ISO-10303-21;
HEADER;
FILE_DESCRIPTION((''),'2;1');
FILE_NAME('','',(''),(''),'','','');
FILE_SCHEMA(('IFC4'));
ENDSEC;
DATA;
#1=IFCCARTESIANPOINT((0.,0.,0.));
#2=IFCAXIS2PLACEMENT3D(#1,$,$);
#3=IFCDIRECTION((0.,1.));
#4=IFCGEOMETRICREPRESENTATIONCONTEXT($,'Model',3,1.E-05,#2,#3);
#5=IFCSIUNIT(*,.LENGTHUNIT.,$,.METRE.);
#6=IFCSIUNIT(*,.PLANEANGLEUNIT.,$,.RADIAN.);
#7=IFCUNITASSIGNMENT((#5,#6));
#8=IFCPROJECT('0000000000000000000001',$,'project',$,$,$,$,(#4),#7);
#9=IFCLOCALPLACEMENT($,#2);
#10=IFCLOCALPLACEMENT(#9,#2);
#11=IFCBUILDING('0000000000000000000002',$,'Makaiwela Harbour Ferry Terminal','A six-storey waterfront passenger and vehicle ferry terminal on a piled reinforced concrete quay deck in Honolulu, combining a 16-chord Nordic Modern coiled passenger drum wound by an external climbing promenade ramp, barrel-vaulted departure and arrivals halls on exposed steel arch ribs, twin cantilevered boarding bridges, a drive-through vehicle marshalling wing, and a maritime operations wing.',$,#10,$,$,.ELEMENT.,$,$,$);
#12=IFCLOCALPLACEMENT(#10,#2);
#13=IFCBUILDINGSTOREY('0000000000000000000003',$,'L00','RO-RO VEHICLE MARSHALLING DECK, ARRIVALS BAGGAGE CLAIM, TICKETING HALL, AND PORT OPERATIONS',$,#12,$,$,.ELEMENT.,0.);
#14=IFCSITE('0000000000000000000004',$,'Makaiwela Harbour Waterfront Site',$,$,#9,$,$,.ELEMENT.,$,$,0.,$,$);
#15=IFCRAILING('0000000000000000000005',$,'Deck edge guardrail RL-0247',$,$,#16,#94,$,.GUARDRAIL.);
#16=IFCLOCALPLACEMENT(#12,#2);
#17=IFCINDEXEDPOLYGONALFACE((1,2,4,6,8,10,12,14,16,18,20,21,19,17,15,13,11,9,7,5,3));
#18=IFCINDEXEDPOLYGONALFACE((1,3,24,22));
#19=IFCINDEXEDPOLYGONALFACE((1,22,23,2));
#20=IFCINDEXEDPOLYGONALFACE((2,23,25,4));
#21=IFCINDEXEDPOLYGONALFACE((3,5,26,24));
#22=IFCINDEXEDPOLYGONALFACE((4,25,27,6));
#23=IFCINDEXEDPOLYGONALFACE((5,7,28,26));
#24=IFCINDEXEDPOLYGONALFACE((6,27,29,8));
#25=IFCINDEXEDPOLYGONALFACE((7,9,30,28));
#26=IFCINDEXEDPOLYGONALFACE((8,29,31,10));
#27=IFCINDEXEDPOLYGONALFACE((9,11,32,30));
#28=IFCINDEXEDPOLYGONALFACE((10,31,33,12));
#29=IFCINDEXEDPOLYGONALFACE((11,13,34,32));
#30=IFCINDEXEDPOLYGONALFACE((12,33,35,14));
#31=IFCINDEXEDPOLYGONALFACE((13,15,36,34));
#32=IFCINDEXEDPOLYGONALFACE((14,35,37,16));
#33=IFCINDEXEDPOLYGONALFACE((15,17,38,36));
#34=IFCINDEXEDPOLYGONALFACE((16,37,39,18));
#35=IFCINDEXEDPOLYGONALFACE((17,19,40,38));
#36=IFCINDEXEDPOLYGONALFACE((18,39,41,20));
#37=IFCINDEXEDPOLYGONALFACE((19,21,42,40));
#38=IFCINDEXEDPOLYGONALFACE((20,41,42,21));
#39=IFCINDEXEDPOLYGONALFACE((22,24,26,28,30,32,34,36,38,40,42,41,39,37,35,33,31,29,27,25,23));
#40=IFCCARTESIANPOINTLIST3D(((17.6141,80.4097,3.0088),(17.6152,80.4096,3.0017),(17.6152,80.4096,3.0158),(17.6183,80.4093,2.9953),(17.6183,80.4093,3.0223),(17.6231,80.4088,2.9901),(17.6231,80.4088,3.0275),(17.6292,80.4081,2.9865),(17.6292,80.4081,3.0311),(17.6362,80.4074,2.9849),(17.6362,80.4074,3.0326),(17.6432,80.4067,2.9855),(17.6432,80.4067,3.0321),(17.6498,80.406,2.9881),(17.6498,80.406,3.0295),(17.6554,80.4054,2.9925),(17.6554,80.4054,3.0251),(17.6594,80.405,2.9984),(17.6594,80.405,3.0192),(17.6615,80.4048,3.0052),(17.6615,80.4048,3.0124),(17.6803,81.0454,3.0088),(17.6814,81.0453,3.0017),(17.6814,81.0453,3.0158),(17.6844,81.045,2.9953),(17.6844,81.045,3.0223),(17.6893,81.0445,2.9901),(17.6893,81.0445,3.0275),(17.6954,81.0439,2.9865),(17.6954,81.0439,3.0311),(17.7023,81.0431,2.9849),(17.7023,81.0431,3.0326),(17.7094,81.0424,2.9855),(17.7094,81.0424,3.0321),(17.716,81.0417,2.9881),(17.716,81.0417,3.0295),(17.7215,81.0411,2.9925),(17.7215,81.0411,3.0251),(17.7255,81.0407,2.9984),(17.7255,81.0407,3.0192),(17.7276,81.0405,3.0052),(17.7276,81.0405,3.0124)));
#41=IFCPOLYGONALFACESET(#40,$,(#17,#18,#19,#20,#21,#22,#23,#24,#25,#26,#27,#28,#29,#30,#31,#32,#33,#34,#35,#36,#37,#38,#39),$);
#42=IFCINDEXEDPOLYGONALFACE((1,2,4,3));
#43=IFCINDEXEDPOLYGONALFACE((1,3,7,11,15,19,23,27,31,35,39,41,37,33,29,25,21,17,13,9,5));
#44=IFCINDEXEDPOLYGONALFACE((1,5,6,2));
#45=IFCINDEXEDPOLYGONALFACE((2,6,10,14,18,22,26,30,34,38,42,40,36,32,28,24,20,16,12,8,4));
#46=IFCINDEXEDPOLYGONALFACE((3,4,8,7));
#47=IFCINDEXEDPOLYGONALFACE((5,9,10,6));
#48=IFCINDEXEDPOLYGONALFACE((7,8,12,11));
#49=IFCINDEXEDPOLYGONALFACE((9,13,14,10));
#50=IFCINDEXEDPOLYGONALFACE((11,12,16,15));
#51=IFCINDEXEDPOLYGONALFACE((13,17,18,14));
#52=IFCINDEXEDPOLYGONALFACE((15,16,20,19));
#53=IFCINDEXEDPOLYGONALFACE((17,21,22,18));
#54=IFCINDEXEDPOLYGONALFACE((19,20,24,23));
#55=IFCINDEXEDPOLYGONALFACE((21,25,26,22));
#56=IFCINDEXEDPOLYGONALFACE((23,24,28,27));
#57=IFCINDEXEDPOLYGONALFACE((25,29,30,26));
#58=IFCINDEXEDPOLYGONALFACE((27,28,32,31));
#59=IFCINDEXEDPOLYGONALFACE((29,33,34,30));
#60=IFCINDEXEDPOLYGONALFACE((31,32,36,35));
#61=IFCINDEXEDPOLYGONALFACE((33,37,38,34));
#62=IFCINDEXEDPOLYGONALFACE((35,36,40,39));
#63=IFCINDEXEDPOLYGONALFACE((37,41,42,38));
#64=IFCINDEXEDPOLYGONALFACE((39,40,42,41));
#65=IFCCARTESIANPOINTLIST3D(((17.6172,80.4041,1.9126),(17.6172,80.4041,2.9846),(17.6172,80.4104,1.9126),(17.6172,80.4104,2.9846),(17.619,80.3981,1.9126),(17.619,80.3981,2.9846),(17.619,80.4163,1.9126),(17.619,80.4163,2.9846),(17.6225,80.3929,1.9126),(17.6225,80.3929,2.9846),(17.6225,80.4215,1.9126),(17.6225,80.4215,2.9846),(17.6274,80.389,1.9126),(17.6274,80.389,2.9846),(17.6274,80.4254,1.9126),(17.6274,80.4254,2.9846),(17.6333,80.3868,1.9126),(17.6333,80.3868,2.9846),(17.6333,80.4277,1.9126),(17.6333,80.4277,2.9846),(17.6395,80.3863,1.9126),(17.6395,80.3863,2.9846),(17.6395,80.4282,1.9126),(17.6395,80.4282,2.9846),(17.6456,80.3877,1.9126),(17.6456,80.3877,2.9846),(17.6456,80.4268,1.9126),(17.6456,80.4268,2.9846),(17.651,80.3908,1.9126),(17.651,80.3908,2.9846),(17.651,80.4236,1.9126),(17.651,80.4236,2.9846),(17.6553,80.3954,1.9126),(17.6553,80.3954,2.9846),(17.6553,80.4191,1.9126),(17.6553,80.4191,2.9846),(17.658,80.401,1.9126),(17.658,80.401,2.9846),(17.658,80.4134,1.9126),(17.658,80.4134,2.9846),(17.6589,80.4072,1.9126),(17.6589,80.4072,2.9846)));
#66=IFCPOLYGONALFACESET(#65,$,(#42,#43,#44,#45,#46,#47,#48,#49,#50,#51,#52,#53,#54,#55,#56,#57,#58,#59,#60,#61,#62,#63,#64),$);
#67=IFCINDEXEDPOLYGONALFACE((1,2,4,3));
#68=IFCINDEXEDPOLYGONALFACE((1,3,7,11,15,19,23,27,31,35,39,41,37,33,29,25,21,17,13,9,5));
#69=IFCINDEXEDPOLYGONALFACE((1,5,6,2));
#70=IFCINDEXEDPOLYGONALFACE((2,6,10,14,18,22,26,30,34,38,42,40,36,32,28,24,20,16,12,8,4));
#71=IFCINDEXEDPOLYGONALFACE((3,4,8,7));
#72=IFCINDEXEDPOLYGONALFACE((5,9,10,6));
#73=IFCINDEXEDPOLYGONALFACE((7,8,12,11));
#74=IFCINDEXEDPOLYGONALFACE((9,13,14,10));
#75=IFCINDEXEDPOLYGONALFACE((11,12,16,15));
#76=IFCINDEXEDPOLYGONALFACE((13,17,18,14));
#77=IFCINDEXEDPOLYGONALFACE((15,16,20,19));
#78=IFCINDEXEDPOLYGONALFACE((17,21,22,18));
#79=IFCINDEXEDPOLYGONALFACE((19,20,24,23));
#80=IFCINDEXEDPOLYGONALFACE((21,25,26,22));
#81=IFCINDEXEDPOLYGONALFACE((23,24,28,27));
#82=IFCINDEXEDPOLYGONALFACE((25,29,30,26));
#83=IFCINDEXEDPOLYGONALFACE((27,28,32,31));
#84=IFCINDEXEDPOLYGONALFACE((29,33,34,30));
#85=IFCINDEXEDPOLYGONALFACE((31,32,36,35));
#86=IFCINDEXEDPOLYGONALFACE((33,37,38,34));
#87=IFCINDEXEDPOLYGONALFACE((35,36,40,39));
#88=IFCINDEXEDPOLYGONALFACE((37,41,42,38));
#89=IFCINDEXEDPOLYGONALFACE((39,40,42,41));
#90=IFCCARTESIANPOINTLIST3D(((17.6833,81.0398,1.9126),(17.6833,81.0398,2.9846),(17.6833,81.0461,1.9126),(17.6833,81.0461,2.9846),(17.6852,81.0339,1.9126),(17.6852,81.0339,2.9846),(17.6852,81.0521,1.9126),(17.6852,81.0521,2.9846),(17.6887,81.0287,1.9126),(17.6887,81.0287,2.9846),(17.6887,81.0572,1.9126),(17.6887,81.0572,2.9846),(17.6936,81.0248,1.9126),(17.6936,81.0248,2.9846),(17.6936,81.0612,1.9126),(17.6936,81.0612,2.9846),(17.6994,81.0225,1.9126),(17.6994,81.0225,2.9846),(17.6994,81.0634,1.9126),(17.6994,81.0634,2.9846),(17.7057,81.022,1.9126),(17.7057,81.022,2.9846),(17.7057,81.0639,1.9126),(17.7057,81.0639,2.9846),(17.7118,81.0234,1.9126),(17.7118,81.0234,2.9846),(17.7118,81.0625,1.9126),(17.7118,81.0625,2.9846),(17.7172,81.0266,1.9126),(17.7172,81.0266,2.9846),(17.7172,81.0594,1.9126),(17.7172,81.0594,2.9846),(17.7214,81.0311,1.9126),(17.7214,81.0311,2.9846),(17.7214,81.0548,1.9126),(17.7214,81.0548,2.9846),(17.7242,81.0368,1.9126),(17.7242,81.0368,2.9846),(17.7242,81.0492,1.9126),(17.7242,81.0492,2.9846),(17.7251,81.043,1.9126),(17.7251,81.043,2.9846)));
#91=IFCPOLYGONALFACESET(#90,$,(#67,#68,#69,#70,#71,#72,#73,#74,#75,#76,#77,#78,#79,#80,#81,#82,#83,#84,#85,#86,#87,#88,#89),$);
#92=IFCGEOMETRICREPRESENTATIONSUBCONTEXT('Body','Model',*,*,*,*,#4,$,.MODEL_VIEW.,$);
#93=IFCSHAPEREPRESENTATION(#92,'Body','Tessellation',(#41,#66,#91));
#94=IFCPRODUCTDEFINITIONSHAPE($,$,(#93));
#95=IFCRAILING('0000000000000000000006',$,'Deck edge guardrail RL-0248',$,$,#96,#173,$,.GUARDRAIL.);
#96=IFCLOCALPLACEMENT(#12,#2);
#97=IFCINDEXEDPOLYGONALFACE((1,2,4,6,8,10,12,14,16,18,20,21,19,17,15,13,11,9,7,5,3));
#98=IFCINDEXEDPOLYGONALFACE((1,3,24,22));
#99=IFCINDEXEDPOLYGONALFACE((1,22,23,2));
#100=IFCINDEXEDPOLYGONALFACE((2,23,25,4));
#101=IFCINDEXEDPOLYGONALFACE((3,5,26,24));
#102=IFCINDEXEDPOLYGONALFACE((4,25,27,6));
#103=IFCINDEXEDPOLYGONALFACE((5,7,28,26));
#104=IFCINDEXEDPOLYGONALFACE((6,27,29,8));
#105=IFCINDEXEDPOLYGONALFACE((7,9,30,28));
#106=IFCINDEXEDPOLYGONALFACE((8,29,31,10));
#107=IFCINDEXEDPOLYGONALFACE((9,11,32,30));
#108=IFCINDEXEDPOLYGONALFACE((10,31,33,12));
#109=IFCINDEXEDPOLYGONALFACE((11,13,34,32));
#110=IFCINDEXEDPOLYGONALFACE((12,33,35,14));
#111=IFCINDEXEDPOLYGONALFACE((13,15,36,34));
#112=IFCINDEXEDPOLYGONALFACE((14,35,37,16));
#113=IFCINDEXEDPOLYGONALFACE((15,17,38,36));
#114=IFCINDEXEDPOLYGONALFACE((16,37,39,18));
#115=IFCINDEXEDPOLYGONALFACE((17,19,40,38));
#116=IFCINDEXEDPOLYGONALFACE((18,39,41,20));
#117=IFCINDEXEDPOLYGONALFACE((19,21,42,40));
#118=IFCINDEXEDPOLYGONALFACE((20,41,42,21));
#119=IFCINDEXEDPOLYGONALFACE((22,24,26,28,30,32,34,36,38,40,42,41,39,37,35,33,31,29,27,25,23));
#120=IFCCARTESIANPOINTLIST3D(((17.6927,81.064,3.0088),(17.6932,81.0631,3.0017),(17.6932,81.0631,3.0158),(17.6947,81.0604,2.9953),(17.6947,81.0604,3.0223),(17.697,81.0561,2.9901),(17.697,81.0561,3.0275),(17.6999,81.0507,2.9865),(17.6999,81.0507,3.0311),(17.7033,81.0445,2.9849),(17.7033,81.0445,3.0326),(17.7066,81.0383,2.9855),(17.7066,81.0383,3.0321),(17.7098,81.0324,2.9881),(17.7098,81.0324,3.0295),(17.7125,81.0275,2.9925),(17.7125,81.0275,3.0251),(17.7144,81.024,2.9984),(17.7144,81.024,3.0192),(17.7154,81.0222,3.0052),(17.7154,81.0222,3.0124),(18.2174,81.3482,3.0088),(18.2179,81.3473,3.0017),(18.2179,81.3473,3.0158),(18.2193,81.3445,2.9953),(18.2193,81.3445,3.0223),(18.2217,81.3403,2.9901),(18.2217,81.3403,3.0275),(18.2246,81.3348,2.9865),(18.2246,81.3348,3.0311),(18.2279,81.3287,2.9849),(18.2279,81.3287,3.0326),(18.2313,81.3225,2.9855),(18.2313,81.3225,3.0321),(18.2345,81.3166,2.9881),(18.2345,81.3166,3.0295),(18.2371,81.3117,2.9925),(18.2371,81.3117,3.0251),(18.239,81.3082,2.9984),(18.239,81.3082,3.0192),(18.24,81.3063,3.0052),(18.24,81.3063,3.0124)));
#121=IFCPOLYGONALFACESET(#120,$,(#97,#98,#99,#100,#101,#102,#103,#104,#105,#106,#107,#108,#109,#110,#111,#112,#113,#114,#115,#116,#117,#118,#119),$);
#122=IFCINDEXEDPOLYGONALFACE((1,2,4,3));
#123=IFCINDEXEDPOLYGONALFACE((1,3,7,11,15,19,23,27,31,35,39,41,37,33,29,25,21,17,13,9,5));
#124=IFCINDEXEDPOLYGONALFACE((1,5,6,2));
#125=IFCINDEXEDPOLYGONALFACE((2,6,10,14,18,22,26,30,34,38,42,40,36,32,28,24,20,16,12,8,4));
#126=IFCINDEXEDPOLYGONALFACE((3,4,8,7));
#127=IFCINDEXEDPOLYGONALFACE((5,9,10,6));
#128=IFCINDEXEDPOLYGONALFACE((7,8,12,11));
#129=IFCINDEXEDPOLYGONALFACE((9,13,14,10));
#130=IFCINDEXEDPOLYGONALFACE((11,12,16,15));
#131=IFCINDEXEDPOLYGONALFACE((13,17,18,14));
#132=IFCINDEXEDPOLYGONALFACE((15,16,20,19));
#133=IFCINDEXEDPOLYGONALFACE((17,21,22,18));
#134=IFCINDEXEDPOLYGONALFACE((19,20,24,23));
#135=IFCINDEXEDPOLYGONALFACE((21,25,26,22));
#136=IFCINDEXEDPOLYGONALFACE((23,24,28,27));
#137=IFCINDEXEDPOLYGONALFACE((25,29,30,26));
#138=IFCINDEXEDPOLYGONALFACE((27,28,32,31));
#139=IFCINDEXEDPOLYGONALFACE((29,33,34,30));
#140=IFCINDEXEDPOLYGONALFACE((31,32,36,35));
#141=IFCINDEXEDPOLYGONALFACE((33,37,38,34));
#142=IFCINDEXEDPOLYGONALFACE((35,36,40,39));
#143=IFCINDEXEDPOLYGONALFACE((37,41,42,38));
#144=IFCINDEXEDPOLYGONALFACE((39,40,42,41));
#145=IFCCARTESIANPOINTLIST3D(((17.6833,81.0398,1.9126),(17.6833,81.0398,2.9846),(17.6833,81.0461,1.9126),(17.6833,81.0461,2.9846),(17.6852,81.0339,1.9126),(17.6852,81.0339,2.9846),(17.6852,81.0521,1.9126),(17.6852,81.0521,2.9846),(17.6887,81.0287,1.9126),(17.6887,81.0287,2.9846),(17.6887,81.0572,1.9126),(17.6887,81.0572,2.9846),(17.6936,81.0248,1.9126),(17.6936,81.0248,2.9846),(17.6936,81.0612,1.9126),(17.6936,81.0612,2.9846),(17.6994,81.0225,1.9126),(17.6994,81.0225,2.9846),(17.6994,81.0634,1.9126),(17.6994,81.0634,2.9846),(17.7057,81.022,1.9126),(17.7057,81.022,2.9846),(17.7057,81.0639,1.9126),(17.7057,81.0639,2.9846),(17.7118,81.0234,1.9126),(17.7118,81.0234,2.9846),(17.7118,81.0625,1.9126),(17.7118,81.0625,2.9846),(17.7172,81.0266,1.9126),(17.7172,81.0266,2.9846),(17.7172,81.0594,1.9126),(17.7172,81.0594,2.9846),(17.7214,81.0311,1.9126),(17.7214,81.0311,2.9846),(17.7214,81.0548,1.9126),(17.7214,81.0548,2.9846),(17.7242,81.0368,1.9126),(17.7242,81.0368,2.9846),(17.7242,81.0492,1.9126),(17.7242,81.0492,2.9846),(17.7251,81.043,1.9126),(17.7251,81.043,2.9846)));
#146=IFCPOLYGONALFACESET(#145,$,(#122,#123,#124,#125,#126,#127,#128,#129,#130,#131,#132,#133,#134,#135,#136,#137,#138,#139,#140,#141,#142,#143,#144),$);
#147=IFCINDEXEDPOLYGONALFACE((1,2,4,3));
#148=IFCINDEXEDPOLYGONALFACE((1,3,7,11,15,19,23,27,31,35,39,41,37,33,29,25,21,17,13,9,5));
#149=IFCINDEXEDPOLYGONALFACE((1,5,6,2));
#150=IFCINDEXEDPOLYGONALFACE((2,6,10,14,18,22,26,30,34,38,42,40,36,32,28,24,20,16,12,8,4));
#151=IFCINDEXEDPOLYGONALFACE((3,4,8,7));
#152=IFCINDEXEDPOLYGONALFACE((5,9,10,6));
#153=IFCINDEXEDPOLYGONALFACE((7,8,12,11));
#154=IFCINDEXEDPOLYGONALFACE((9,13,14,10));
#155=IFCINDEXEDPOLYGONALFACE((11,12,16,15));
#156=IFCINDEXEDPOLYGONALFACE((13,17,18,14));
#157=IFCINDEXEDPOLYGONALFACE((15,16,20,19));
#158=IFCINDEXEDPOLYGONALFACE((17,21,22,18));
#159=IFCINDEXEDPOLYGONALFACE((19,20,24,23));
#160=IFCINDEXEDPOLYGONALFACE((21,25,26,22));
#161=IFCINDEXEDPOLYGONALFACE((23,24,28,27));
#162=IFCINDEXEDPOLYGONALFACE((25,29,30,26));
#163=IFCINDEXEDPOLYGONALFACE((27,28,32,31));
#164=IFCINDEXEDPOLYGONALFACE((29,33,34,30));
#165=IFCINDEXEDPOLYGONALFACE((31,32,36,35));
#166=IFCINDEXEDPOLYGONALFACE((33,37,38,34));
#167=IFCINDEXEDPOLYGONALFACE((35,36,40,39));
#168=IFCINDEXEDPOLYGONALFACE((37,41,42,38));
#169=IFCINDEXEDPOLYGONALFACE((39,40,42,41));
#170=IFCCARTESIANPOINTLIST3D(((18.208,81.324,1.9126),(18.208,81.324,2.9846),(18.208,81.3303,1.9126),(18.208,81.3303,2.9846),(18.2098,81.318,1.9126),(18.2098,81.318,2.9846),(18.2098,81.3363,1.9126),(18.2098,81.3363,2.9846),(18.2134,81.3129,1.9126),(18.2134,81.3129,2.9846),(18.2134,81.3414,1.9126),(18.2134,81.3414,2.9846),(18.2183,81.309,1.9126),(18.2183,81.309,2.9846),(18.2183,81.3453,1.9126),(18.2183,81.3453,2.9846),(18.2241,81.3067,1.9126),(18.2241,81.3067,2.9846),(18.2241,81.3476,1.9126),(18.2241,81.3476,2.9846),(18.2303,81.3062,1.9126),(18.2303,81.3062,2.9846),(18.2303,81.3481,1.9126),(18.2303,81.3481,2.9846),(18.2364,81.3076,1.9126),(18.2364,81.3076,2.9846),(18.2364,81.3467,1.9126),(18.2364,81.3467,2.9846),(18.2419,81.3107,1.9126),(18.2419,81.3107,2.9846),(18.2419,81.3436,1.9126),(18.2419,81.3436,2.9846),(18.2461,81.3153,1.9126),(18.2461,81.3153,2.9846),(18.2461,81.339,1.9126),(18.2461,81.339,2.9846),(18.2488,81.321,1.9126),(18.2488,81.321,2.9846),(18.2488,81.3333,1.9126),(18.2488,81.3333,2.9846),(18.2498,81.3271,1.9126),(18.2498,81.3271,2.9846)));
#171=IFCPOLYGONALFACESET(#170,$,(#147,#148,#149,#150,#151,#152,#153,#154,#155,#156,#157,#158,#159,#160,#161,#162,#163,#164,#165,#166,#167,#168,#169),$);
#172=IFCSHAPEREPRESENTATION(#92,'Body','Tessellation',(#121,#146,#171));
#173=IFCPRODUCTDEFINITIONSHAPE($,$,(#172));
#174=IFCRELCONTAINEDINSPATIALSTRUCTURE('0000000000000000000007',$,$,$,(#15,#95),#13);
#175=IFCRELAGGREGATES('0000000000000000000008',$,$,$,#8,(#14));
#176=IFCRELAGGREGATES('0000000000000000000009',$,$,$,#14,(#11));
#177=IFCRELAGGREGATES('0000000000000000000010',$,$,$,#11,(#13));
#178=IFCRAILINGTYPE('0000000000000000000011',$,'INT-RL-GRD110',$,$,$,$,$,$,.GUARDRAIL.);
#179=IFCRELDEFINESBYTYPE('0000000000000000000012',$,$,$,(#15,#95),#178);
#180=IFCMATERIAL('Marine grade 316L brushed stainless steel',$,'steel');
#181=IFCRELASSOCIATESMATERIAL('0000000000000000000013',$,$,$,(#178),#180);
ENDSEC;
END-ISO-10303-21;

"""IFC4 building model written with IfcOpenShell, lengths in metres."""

from ifc_helpers import new_model, si_unit, direction, frame, origin, origin_2d, place, context, subcontext, project, spatial, circle, extrude, material, type_object, element, save


model = new_model("IFC4")

# Units and contexts
model_context = context("Model", 3, precision=1e-05, world=origin(), true_north=direction((0.0, 1.0)))
body_context = subcontext(model_context, "Body", "Model", "MODEL_VIEW")
ifc_project = project(units=[si_unit("LENGTHUNIT", "METRE"), si_unit("PLANEANGLEUNIT", "RADIAN")], contexts=[model_context])

# Site, building, storey
site_placement = place(None, origin())
site = spatial("IfcSite", under=ifc_project, at=site_placement, Name="Makaiwela Harbour Waterfront Site", CompositionType="ELEMENT", RefElevation=0.0)
building_placement = place(site_placement, origin())
building = spatial("IfcBuilding", under=site, at=building_placement, Name="Makaiwela Harbour Ferry Terminal", Description="A six-storey waterfront passenger and vehicle ferry terminal on a piled reinforced concrete quay deck in Honolulu, combining a 16-chord Nordic Modern coiled passenger drum wound by an external climbing promenade ramp, barrel-vaulted departure and arrivals halls on exposed steel arch ribs, twin cantilevered boarding bridges, a drive-through vehicle marshalling wing, and a maritime operations wing.", CompositionType="ELEMENT")
storey_placement = place(building_placement, origin())
storey = spatial("IfcBuildingStorey", under=building, at=storey_placement, Name="L00", Description="RO-RO VEHICLE MARSHALLING DECK, ARRIVALS BAGGAGE CLAIM, TICKETING HALL, AND PORT OPERATIONS", CompositionType="ELEMENT", Elevation=0.0)

# Railings
ifc_material_1 = material(Name="Marine grade 316L brushed stainless steel", Category="steel")
railing_type_1 = type_object("IfcRailingType", Name="INT-RL-GRD110", PredefinedType="GUARDRAIL", material=ifc_material_1)
railing_1_placement = place(storey_placement, frame((17.6379, 80.4072, 1.9126)))
element("IfcRailing", 1, at=railing_1_placement, inside=storey, type_object=railing_type_1, Name="Deck edge guardrail RL-0247", PredefinedType="GUARDRAIL", context=body_context, shape_type="SweptSolid", body=[
    extrude(circle(Radius=0.0239, at=origin_2d()), frame((0.0, 0.0, 1.0962), z_axis=(0.103512, 0.994628, 0.0), x_axis=(-0.994628, 0.103512, 0.0)), (0.0, 0.0, 1.0), 0.6392),
    extrude(circle(Radius=0.021, at=origin_2d()), origin(), (0.0, 0.0, 1.0), 1.072),
    extrude(circle(Radius=0.021, at=origin_2d()), frame((0.0662, 0.6357, 0.0)), (0.0, 0.0, 1.0), 1.072),
])
railing_2_placement = place(storey_placement, frame((17.7041, 81.043, 1.9126)))
element("IfcRailing", 2, at=railing_2_placement, inside=storey, type_object=railing_type_1, Name="Deck edge guardrail RL-0248", PredefinedType="GUARDRAIL", context=body_context, shape_type="SweptSolid", body=[
    extrude(circle(Radius=0.0239, at=origin_2d()), frame((0.0, 0.0, 1.0962), z_axis=(0.879299, 0.47627, 0.0), x_axis=(-0.47627, 0.879299, 0.0)), (0.0, 0.0, 1.0), 0.5967),
    extrude(circle(Radius=0.021, at=origin_2d()), origin(), (0.0, 0.0, 1.0), 1.072),
    extrude(circle(Radius=0.021, at=origin_2d()), frame((0.5247, 0.2842, 0.0)), (0.0, 0.0, 1.0), 1.072),
])

save(model, "model.ifc")
